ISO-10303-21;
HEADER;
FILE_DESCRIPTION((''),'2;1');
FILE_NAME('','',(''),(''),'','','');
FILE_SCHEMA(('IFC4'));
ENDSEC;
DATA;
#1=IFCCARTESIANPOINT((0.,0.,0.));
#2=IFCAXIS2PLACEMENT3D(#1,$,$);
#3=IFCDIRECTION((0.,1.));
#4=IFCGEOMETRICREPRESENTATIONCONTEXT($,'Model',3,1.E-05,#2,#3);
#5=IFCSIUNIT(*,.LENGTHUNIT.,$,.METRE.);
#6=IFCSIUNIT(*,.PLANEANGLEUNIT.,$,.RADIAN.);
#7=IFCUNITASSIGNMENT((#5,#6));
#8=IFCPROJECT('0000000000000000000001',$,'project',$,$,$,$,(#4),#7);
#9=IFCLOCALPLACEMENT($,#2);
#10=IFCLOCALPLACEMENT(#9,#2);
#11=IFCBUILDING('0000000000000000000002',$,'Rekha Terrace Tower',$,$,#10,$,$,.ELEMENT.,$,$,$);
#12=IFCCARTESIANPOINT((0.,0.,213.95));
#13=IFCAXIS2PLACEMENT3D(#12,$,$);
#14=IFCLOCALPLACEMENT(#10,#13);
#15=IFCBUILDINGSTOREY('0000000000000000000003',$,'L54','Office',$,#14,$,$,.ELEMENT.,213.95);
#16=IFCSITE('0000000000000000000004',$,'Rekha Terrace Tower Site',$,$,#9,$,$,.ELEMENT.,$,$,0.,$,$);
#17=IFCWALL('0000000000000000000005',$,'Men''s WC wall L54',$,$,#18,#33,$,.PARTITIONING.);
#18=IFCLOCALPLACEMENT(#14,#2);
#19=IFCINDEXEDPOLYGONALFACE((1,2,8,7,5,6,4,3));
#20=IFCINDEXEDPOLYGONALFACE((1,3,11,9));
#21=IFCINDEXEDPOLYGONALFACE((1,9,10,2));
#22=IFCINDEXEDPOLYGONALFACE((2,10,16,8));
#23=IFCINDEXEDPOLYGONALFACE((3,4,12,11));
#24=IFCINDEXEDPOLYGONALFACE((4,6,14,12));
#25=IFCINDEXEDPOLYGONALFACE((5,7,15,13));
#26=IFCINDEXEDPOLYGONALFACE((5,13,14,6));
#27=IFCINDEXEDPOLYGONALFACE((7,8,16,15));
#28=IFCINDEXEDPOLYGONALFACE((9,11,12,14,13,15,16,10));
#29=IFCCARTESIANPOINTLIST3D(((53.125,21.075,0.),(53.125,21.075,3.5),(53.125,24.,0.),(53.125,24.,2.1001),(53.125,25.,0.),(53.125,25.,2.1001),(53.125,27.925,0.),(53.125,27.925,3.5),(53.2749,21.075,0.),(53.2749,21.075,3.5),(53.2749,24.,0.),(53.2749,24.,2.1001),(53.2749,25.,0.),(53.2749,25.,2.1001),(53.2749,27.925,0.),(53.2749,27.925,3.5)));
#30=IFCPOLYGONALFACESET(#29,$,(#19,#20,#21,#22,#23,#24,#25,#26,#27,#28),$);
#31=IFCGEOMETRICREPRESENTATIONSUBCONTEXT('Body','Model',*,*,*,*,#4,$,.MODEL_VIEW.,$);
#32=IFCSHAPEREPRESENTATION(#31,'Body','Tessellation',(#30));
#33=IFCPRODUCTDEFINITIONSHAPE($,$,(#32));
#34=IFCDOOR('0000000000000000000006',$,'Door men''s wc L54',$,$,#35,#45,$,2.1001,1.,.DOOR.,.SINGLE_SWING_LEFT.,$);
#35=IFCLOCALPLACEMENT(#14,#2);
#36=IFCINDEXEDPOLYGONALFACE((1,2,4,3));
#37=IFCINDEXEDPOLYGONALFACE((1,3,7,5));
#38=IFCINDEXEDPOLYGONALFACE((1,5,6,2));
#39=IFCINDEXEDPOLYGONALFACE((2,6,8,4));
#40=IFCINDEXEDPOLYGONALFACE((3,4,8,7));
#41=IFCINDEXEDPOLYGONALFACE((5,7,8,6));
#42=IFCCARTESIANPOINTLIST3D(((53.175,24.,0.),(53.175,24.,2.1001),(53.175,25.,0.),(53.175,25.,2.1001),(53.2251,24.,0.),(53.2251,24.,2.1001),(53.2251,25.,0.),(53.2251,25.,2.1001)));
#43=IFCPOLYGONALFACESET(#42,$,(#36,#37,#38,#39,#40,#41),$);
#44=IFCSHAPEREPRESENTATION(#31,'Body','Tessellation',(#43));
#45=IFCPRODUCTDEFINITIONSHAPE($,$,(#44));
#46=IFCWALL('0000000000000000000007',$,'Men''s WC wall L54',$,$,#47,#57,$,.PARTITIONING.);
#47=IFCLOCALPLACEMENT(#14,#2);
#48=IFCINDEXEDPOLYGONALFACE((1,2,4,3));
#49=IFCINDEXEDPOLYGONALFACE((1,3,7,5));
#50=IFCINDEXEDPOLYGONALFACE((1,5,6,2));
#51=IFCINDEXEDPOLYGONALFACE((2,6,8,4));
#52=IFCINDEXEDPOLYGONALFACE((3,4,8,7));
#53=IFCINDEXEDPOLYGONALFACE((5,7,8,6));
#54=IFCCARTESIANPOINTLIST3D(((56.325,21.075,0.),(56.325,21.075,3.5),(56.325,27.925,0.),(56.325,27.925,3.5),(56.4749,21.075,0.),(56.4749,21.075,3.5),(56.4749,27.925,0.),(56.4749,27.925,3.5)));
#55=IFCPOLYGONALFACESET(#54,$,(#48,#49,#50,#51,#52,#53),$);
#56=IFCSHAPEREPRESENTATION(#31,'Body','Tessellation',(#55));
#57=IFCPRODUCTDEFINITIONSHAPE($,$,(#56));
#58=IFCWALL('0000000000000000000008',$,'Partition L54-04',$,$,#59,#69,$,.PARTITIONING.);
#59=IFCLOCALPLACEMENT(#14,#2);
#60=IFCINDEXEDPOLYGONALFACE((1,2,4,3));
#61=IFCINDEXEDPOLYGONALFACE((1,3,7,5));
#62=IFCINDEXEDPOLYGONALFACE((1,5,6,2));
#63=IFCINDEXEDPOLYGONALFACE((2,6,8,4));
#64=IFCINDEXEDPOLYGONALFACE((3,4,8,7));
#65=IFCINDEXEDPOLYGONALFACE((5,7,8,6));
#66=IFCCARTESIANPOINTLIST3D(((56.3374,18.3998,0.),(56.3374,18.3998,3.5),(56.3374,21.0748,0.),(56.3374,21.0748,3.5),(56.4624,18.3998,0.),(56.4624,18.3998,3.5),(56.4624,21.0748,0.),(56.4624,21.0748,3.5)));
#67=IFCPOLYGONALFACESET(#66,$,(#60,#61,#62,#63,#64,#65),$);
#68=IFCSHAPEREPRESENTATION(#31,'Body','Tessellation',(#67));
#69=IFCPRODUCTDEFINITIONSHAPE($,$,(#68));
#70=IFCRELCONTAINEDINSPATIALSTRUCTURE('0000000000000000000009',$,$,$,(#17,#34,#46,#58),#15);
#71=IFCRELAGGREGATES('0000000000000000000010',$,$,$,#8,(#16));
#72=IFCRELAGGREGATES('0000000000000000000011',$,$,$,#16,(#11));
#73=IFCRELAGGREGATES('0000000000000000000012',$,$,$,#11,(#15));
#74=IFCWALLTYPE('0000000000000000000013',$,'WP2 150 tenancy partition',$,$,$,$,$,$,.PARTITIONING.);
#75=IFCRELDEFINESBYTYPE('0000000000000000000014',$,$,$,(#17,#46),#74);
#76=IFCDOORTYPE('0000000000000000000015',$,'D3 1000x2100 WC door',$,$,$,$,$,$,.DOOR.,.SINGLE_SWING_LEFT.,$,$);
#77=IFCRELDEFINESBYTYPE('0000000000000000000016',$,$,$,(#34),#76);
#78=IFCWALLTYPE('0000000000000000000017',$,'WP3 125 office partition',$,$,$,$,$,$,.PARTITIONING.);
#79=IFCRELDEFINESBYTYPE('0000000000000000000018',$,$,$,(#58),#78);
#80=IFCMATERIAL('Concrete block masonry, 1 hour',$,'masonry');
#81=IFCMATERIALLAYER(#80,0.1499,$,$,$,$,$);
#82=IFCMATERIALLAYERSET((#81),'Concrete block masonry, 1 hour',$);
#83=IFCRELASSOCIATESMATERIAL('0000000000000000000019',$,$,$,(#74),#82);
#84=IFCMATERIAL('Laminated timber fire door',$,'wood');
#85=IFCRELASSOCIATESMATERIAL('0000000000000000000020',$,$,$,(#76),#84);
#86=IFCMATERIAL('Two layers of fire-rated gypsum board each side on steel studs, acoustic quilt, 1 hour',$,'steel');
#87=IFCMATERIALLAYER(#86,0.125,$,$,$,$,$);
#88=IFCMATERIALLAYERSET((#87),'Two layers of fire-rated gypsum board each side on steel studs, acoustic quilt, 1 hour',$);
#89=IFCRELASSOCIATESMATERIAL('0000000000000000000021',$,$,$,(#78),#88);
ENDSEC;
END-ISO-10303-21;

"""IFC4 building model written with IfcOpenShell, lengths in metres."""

from ifc_helpers import new_model, si_unit, direction, frame, frame_2d, origin, place, context, subcontext, project, spatial, rectangle, extrude, material, layer, layer_set, type_object, element, fill, save


model = new_model("IFC4")

# Units and contexts
model_context = context("Model", 3, precision=1e-05, world=origin(), true_north=direction((0.0, 1.0)))
body_context = subcontext(model_context, "Body", "Model", "MODEL_VIEW")
ifc_project = project(units=[si_unit("LENGTHUNIT", "METRE"), si_unit("PLANEANGLEUNIT", "RADIAN")], contexts=[model_context])

# Site, building, storey
site_placement = place(None, origin())
site = spatial("IfcSite", under=ifc_project, at=site_placement, Name="Rekha Terrace Tower Site", CompositionType="ELEMENT", RefElevation=0.0)
building_placement = place(site_placement, origin())
building = spatial("IfcBuilding", under=site, at=building_placement, Name="Rekha Terrace Tower", CompositionType="ELEMENT")
storey_placement = place(building_placement, frame((0.0, 0.0, 213.95)))
storey = spatial("IfcBuildingStorey", under=building, at=storey_placement, Name="L54", Description="Office", CompositionType="ELEMENT", Elevation=213.95)

# Shared definitions
ifc_material_1 = material(Name="Concrete block masonry, 1 hour", Category="masonry")
ifc_layer_1 = layer(ifc_material_1, 0.1499)
ifc_layer_set_1 = layer_set([ifc_layer_1], Name="Concrete block masonry, 1 hour")
wall_type_1 = type_object("IfcWallType", Name="WP2 150 tenancy partition", PredefinedType="PARTITIONING", material=ifc_layer_set_1)

# Wall, opening, door
wall_1_placement = place(storey_placement, frame((53.2, 21.075, 0.0), z_axis=(0.0, 0.0, 1.0), x_axis=(0.0, 1.0, 0.0)))
wall_1 = element("IfcWall", 1, at=wall_1_placement, inside=storey, type_object=wall_type_1, Name="Men's WC wall L54", PredefinedType="PARTITIONING", context=body_context, shape_type="SweptSolid", body=[
    extrude(rectangle(XDim=6.8501, YDim=0.1499, at=frame_2d((3.425, 0.0))), origin(), (0.0, 0.0, 1.0), 3.5),
])
opening_placement = place(wall_1_placement, frame((2.925, 0.0, 0.0)))
opening = element("IfcOpeningElement", 2, at=opening_placement, cuts=wall_1, PredefinedType="OPENING", context=body_context, shape_type="SweptSolid", body=[
    extrude(rectangle(XDim=1.0, YDim=2.1001, at=frame_2d((0.5, 1.05))), frame((0.0, 0.085, 0.0), z_axis=(0.0, -1.0, 0.0), x_axis=(1.0, 0.0, 0.0)), (0.0, 0.0, 1.0), 0.1699),
])
ifc_material_2 = material(Name="Laminated timber fire door", Category="wood")
door_type = type_object("IfcDoorType", Name="D3 1000x2100 WC door", OperationType="SINGLE_SWING_LEFT", PredefinedType="DOOR", material=ifc_material_2)
door_placement = place(opening_placement, origin())
door = element("IfcDoor", 3, at=door_placement, inside=storey, type_object=door_type, Name="Door men's wc L54", OperationType="SINGLE_SWING_LEFT", OverallHeight=2.1001, OverallWidth=1.0, PredefinedType="DOOR", context=body_context, shape_type="SweptSolid", body=[
    extrude(rectangle(XDim=1.0, YDim=2.1001, at=frame_2d((0.5, 1.05))), frame((0.0, 0.0249, 0.0), z_axis=(0.0, -1.0, 0.0), x_axis=(1.0, 0.0, 0.0)), (0.0, 0.0, 1.0), 0.05),
])
fill(opening, door)

# Walls
wall_2_placement = place(storey_placement, frame((56.3999, 21.075, 0.0), z_axis=(0.0, 0.0, 1.0), x_axis=(0.0, 1.0, 0.0)))
element("IfcWall", 4, at=wall_2_placement, inside=storey, type_object=wall_type_1, Name="Men's WC wall L54", PredefinedType="PARTITIONING", context=body_context, shape_type="SweptSolid", body=[
    extrude(rectangle(XDim=6.8501, YDim=0.1499, at=frame_2d((3.425, 0.0))), origin(), (0.0, 0.0, 1.0), 3.5),
])
ifc_material_3 = material(Name="Two layers of fire-rated gypsum board each side on steel studs, acoustic quilt, 1 hour", Category="steel")
ifc_layer_2 = layer(ifc_material_3, 0.125)
ifc_layer_set_2 = layer_set([ifc_layer_2], Name="Two layers of fire-rated gypsum board each side on steel studs, acoustic quilt, 1 hour")
wall_type_2 = type_object("IfcWallType", Name="WP3 125 office partition", PredefinedType="PARTITIONING", material=ifc_layer_set_2)
wall_3_placement = place(storey_placement, frame((56.3999, 18.3999, 0.0), z_axis=(0.0, 0.0, 1.0), x_axis=(0.0, 1.0, 0.0)))
element("IfcWall", 5, at=wall_3_placement, inside=storey, type_object=wall_type_2, Name="Partition L54-04", PredefinedType="PARTITIONING", context=body_context, shape_type="SweptSolid", body=[
    extrude(rectangle(XDim=2.675, YDim=0.125, at=frame_2d((1.3374, 0.0))), origin(), (0.0, 0.0, 1.0), 3.5),
])

save(model, "model.ifc")
